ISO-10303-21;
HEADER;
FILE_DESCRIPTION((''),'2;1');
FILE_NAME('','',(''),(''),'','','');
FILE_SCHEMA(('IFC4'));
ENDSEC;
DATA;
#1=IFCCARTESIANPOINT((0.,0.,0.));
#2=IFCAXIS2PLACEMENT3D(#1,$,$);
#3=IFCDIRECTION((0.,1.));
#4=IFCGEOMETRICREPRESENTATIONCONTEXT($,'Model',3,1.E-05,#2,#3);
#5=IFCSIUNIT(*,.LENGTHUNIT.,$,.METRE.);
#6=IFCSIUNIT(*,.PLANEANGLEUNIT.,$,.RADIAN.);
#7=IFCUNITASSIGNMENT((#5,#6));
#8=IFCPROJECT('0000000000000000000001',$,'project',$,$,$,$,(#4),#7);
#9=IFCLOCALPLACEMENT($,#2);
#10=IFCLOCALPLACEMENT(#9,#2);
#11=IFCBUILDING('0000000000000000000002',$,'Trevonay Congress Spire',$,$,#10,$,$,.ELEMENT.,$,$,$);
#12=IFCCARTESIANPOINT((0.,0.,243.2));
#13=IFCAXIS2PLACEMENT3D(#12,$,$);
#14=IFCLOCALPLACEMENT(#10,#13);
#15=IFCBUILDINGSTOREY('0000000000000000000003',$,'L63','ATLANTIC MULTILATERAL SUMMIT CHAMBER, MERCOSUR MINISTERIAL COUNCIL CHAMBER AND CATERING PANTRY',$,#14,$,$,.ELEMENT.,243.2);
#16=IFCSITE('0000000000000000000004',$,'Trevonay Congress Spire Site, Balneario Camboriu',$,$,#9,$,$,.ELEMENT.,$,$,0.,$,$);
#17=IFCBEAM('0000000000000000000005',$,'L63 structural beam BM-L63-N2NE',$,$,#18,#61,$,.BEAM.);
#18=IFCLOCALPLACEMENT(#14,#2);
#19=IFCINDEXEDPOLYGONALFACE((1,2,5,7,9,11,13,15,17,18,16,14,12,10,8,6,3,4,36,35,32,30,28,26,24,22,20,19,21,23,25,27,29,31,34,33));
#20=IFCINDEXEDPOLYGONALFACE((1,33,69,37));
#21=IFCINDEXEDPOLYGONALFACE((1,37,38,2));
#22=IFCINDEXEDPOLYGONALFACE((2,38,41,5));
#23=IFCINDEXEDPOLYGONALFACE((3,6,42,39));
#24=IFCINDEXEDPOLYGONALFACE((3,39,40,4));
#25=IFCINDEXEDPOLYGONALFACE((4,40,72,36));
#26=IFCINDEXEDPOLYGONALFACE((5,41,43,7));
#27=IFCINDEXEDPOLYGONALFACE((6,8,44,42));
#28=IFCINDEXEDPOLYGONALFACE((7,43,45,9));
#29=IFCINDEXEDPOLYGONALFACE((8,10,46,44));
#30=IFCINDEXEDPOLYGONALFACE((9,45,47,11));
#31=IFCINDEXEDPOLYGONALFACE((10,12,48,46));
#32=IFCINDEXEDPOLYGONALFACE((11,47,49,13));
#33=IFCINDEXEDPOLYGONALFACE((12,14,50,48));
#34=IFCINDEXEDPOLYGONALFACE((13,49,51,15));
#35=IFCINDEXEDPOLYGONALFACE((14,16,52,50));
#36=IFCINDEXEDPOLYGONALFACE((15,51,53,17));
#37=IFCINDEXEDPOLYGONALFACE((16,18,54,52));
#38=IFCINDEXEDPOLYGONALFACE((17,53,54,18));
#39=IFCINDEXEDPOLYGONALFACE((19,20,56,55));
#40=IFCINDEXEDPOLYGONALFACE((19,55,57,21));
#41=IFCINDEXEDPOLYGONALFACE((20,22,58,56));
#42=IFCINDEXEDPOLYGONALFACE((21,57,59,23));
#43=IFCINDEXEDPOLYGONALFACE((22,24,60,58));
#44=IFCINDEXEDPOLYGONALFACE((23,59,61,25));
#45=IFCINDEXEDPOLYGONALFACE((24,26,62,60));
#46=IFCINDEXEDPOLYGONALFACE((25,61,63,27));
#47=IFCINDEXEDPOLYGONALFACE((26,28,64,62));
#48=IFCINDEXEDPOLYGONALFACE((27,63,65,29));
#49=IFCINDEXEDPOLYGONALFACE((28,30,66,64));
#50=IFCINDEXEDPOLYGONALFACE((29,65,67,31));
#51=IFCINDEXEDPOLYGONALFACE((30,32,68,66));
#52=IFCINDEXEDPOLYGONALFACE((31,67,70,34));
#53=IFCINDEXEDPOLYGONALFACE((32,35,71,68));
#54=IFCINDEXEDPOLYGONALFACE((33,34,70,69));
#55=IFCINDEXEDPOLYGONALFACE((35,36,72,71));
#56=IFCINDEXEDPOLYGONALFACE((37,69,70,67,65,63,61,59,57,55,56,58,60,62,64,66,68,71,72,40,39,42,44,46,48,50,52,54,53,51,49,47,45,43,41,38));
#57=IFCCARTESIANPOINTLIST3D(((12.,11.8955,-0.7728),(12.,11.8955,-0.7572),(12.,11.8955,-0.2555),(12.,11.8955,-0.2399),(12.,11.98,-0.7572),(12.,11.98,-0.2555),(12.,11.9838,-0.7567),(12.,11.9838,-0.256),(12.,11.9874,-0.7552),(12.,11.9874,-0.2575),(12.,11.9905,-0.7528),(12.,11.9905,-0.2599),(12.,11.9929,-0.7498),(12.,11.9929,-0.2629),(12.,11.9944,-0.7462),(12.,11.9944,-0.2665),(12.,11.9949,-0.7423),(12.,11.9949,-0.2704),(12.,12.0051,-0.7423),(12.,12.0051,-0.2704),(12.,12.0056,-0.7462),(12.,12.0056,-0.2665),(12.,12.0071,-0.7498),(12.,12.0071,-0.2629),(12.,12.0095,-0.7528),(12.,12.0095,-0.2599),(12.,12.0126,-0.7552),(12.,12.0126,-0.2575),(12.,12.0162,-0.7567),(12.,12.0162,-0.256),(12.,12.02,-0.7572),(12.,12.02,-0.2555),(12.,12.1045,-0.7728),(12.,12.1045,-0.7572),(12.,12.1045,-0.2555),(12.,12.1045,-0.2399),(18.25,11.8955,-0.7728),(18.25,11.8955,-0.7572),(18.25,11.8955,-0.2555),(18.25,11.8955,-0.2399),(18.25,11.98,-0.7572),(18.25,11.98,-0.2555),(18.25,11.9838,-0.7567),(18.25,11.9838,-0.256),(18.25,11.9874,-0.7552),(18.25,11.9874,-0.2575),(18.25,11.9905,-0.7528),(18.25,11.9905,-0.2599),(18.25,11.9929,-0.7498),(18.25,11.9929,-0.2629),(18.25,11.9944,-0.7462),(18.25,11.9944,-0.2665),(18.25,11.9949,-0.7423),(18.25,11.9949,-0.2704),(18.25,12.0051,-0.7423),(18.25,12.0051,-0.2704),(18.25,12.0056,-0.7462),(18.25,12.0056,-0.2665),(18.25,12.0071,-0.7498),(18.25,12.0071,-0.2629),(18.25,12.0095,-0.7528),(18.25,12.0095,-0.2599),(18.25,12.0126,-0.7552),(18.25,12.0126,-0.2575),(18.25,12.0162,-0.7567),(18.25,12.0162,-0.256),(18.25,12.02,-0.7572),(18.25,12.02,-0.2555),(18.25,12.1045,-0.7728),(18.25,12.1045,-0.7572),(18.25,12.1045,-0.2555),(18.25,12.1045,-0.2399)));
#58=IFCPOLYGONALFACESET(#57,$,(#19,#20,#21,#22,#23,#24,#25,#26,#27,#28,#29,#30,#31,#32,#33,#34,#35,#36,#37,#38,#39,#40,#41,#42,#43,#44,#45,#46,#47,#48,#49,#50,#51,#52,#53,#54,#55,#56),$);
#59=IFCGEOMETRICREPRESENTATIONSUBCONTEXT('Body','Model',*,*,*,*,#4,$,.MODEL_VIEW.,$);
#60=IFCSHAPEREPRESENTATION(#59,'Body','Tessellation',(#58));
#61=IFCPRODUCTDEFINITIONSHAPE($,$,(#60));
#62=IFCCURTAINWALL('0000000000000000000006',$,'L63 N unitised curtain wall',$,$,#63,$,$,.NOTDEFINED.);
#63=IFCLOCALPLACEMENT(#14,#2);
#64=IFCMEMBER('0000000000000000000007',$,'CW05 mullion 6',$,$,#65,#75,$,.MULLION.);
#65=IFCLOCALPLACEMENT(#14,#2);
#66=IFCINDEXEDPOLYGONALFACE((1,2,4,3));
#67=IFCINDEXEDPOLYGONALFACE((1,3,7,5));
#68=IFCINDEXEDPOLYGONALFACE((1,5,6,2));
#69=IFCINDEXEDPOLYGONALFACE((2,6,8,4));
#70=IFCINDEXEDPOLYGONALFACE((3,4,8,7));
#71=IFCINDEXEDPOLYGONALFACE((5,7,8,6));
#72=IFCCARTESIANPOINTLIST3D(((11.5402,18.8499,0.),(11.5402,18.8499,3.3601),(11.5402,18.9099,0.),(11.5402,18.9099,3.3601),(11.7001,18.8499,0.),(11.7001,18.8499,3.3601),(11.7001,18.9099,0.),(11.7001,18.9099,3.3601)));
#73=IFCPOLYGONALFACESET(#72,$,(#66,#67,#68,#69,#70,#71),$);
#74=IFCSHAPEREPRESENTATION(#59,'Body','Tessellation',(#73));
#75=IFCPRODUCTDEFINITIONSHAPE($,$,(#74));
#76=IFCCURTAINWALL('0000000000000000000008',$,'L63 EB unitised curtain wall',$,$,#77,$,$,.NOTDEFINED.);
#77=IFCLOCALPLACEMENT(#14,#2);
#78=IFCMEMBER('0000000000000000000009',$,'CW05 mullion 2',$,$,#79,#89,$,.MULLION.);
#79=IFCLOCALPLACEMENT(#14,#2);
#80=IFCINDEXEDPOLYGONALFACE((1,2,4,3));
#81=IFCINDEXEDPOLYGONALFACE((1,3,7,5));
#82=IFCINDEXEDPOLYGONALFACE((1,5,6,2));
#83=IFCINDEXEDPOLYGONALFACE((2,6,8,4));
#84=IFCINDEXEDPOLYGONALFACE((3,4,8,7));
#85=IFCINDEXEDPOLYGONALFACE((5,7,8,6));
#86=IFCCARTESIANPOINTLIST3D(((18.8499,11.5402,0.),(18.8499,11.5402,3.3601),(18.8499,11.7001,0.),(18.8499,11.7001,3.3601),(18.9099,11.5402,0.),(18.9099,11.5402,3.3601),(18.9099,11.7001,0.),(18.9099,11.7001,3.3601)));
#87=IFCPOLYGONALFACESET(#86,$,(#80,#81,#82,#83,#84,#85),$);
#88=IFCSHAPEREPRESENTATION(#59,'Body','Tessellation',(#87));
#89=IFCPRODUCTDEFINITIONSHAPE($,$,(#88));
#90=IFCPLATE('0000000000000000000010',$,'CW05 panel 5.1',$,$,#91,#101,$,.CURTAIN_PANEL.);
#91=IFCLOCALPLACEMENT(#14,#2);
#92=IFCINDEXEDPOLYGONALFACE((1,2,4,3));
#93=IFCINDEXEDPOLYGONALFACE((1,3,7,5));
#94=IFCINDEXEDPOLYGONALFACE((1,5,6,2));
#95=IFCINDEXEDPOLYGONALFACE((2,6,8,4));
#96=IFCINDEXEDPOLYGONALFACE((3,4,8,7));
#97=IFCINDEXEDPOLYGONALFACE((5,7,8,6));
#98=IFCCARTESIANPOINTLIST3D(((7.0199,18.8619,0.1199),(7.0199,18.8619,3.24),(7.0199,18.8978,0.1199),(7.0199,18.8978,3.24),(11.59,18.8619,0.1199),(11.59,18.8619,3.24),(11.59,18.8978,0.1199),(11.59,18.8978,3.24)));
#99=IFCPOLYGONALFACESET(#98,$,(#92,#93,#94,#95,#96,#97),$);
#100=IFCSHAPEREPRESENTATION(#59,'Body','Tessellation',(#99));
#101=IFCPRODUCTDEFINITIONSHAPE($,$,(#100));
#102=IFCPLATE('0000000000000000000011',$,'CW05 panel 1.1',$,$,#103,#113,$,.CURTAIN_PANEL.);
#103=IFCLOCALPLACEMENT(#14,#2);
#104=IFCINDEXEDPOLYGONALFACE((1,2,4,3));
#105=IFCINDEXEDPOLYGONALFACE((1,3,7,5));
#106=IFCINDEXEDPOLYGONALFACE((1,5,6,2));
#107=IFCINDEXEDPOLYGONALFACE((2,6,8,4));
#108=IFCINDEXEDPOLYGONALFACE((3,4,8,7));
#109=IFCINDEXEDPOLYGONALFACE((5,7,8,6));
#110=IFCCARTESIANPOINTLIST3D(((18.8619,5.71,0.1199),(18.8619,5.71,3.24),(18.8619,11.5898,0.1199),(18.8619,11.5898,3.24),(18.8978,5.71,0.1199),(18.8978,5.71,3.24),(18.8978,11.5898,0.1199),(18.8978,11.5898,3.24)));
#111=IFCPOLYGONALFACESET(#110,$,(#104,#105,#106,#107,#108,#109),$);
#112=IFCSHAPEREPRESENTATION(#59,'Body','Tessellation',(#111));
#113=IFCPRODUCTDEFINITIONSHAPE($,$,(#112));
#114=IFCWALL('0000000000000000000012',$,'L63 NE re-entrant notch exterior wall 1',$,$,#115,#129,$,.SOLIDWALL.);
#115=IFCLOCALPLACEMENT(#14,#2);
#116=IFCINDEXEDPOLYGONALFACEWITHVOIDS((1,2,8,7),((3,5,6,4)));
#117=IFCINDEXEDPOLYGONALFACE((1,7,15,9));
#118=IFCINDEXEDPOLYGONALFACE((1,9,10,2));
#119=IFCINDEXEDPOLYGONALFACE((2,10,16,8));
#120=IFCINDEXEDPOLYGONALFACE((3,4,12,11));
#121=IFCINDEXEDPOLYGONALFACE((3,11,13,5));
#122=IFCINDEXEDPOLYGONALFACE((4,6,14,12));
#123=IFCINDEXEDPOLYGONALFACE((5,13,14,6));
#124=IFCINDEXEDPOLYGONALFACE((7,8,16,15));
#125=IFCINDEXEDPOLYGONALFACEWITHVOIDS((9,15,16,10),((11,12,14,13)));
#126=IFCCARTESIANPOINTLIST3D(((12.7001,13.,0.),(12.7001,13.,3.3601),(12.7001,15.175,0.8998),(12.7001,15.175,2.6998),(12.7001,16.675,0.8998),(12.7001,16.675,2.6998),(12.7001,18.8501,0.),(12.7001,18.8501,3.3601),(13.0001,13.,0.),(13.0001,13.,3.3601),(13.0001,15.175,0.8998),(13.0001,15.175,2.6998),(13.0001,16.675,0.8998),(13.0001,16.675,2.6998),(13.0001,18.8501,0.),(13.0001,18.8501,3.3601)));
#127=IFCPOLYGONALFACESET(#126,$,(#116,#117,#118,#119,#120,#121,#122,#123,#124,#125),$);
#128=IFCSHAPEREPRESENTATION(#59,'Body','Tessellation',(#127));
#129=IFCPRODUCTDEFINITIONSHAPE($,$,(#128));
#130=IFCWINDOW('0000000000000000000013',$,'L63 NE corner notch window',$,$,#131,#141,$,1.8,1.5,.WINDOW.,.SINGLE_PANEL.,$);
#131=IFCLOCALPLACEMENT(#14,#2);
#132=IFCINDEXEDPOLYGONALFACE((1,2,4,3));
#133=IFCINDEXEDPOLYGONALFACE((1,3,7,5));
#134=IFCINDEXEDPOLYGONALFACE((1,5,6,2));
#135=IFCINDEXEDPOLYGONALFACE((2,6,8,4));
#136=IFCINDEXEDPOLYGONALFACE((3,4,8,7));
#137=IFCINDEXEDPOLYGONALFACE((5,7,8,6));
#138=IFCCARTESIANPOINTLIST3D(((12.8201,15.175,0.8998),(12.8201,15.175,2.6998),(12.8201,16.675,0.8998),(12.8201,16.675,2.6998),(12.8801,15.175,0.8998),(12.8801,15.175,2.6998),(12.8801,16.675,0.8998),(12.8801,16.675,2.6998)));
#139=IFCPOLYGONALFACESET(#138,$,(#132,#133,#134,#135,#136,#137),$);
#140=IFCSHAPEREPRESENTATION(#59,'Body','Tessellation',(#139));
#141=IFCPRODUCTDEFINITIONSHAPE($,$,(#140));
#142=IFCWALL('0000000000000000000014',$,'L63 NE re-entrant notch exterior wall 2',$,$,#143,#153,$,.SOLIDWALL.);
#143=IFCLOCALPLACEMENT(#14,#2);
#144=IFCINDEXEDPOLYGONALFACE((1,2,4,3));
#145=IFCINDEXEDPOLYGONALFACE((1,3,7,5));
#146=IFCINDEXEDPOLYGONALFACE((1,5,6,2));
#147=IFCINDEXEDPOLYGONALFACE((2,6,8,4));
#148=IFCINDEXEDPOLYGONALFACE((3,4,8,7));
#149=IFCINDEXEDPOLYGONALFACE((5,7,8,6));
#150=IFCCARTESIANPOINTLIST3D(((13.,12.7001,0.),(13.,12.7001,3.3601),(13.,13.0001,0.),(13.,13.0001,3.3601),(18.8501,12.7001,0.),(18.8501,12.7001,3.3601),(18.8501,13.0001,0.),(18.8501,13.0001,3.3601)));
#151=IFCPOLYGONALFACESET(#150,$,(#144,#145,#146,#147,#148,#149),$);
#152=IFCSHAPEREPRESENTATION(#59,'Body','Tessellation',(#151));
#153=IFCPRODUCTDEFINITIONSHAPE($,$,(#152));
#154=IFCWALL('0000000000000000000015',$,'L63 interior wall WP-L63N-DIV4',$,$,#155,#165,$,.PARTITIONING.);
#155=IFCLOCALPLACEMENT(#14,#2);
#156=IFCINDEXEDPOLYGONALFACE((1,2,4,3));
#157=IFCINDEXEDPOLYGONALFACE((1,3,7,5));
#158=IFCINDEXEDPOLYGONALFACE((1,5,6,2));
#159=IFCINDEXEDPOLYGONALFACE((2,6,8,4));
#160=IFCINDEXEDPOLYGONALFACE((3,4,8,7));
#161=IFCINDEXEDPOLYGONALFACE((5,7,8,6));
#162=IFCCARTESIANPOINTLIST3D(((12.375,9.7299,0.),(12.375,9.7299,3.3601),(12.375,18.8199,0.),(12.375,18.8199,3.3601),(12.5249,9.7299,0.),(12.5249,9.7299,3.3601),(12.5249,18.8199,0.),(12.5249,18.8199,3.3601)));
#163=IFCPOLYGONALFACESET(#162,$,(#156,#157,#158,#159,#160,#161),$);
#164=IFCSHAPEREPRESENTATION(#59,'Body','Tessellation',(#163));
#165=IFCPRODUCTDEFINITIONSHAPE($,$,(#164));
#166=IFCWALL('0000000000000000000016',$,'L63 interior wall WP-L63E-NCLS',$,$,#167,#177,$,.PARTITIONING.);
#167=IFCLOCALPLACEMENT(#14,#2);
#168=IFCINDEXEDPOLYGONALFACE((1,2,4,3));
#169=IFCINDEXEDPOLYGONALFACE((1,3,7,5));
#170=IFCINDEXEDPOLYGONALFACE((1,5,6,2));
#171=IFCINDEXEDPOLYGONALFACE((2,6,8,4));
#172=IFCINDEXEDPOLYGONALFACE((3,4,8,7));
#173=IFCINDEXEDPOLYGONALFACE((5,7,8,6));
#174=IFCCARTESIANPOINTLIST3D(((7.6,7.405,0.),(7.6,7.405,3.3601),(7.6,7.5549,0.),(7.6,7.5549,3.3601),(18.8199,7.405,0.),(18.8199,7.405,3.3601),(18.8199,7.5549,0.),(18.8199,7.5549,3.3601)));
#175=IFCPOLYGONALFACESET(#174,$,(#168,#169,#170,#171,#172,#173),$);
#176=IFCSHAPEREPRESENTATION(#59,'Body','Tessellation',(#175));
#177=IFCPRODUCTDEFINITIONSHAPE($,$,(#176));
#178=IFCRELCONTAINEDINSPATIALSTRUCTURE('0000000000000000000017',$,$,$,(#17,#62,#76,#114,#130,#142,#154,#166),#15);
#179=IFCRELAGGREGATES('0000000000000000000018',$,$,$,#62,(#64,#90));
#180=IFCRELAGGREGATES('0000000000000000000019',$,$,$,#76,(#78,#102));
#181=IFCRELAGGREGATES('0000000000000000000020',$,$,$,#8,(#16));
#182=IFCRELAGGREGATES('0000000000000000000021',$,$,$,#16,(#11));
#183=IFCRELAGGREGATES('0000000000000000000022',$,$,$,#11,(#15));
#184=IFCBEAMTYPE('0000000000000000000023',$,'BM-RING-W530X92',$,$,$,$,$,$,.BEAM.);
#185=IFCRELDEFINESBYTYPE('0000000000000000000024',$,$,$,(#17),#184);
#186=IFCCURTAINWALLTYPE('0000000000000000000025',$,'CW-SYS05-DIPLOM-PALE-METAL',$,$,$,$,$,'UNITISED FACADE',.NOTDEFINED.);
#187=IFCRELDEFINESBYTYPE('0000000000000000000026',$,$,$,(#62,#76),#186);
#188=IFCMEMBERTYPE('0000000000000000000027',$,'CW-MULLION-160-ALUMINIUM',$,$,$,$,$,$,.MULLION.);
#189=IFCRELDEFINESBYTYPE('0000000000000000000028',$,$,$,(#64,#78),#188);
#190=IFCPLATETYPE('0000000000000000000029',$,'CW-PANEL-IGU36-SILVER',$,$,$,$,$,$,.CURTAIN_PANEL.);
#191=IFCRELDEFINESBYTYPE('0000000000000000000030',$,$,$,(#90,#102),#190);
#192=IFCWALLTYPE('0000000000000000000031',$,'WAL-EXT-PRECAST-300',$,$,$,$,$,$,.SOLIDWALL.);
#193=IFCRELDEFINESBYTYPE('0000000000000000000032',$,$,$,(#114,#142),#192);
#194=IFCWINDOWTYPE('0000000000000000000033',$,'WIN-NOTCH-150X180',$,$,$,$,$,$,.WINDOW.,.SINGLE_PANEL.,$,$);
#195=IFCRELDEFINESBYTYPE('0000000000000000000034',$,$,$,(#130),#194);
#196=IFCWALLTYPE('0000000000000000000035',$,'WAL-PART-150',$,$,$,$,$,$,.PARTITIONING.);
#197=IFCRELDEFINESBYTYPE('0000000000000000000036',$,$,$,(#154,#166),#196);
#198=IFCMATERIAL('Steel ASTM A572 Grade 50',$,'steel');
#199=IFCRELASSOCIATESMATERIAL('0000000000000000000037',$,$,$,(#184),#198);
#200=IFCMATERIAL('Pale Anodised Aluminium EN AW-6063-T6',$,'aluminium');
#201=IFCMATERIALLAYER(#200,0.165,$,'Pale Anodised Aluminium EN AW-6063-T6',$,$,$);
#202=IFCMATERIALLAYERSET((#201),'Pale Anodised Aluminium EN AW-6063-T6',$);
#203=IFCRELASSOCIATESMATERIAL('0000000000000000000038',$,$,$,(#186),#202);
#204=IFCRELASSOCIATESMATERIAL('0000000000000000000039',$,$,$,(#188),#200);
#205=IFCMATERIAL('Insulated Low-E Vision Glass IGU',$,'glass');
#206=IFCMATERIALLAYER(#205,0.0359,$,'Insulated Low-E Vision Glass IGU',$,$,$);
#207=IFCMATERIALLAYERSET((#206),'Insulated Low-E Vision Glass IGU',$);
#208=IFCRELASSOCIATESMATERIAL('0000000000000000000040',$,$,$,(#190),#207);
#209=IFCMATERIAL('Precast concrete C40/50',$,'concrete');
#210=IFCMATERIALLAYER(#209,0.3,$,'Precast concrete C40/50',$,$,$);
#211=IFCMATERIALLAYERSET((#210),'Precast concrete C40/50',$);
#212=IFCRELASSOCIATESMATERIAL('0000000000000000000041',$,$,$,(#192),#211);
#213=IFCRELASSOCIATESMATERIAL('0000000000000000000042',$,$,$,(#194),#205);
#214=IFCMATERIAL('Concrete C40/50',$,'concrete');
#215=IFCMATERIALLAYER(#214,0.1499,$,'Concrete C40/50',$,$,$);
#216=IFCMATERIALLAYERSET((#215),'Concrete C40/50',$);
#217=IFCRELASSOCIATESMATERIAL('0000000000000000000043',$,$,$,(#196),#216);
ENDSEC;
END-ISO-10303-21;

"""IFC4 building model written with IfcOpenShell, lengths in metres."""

from ifc_helpers import new_model, si_unit, direction, frame, frame_2d, origin, origin_2d, place, context, subcontext, project, spatial, rectangle, i_section, extrude, material, layer, layer_set, material_profile, profile_set, type_object, element, fill, aggregate, save


model = new_model("IFC4")

# Units and contexts
model_context = context("Model", 3, precision=1e-05, world=origin(), true_north=direction((0.0, 1.0)))
body_context = subcontext(model_context, "Body", "Model", "MODEL_VIEW")
ifc_project = project(units=[si_unit("LENGTHUNIT", "METRE"), si_unit("PLANEANGLEUNIT", "RADIAN")], contexts=[model_context])

# Site, building, storey
site_placement = place(None, origin())
site = spatial("IfcSite", under=ifc_project, at=site_placement, Name="Trevonay Congress Spire Site, Balneario Camboriu", CompositionType="ELEMENT", RefElevation=0.0)
building_placement = place(site_placement, origin())
building = spatial("IfcBuilding", under=site, at=building_placement, Name="Trevonay Congress Spire", CompositionType="ELEMENT")
storey_placement = place(building_placement, frame((0.0, 0.0, 243.2)))
storey = spatial("IfcBuildingStorey", under=building, at=storey_placement, Name="L63", Description="ATLANTIC MULTILATERAL SUMMIT CHAMBER, MERCOSUR MINISTERIAL COUNCIL CHAMBER AND CATERING PANTRY", CompositionType="ELEMENT", Elevation=243.2)

# Shared definitions
ifc_material_1 = material(Name="Steel ASTM A572 Grade 50", Category="steel")

# Beam
ifc_material_profile_1 = material_profile(ifc_material_1, i_section(OverallWidth=0.209, OverallDepth=0.533, WebThickness=0.0103, FlangeThickness=0.0156, FilletRadius=0.0149, at=origin_2d()), Name="W530x92")
ifc_profile_set_1 = profile_set([ifc_material_profile_1], Name="Steel ASTM A572 Grade 50")
beam_type_1 = type_object("IfcBeamType", Name="BM-RING-W530X92", PredefinedType="BEAM", material=ifc_profile_set_1)
for number, where, z_axis, x_axis, name in (
    (1, (18.25, 12.0, -0.5063), (-1.0, 0.0, 0.0), (0.0, -1.0, 0.0), "L63 structural beam BM-L63-N2NE"),
):
    element("IfcBeam", number, at=place(storey_placement, frame(where, z_axis=z_axis, x_axis=x_axis)), inside=storey, type_object=beam_type_1, Name=name, PredefinedType="BEAM", context=body_context, shape_type="SweptSolid", body=[
        extrude(i_section(OverallWidth=0.209, OverallDepth=0.533, WebThickness=0.0103, FlangeThickness=0.0156, FilletRadius=0.0149, at=origin_2d()), origin(), (0.0, 0.0, 1.0), 6.25),
    ])

# Curtain walls, members
ifc_material_2 = material(Name="Pale Anodised Aluminium EN AW-6063-T6", Category="aluminium")
ifc_layer_1 = layer(ifc_material_2, 0.165, Name="Pale Anodised Aluminium EN AW-6063-T6")
ifc_layer_set_1 = layer_set([ifc_layer_1], Name="Pale Anodised Aluminium EN AW-6063-T6")
curtain_wall_type = type_object("IfcCurtainWallType", Name="CW-SYS05-DIPLOM-PALE-METAL", ElementType="UNITISED FACADE", PredefinedType="NOTDEFINED", material=ifc_layer_set_1)
curtain_wall_1_placement = place(storey_placement, origin())
curtain_wall_1 = element("IfcCurtainWall", 2, at=curtain_wall_1_placement, inside=storey, type_object=curtain_wall_type, Name="L63 N unitised curtain wall", PredefinedType="NOTDEFINED")
ifc_material_profile_2 = material_profile(ifc_material_2, rectangle(XDim=0.0601, YDim=0.1599, at=origin_2d()), Name="CW-MULLION-160-ALUMINIUM")
ifc_profile_set_2 = profile_set([ifc_material_profile_2], Name="Pale Anodised Aluminium EN AW-6063-T6")
member_type = type_object("IfcMemberType", Name="CW-MULLION-160-ALUMINIUM", PredefinedType="MULLION", material=ifc_profile_set_2)
member_1_placement = place(storey_placement, frame((11.6201, 18.8799, 0.0), z_axis=(0.0, 0.0, 1.0), x_axis=(0.0, 1.0, 0.0)))
member_1 = element("IfcMember", 3, at=member_1_placement, type_object=member_type, Name="CW05 mullion 6", PredefinedType="MULLION", context=body_context, shape_type="SweptSolid", body=[
    extrude(rectangle(XDim=0.0601, YDim=0.1599, at=origin_2d()), origin(), (0.0, 0.0, 1.0), 3.3601),
])
curtain_wall_2_placement = place(storey_placement, origin())
curtain_wall_2 = element("IfcCurtainWall", 4, at=curtain_wall_2_placement, inside=storey, type_object=curtain_wall_type, Name="L63 EB unitised curtain wall", PredefinedType="NOTDEFINED")
member_2_placement = place(storey_placement, frame((18.8799, 11.6201, 0.0), z_axis=(0.0, 0.0, 1.0), x_axis=(-1.0, 0.0, 0.0)))
member_2 = element("IfcMember", 5, at=member_2_placement, type_object=member_type, Name="CW05 mullion 2", PredefinedType="MULLION", context=body_context, shape_type="SweptSolid", body=[
    extrude(rectangle(XDim=0.0601, YDim=0.1599, at=origin_2d()), origin(), (0.0, 0.0, 1.0), 3.3601),
])

# Plates
ifc_material_3 = material(Name="Insulated Low-E Vision Glass IGU", Category="glass")
ifc_layer_2 = layer(ifc_material_3, 0.0359, Name="Insulated Low-E Vision Glass IGU")
ifc_layer_set_2 = layer_set([ifc_layer_2], Name="Insulated Low-E Vision Glass IGU")
plate_type = type_object("IfcPlateType", Name="CW-PANEL-IGU36-SILVER", PredefinedType="CURTAIN_PANEL", material=ifc_layer_set_2)
plate_1_placement = place(storey_placement, frame((9.3049, 18.8799, 0.1199), z_axis=(0.0, 0.0, 1.0), x_axis=(1.0, 0.0, 0.0)))
plate_1 = element("IfcPlate", 6, at=plate_1_placement, type_object=plate_type, Name="CW05 panel 5.1", PredefinedType="CURTAIN_PANEL", context=body_context, shape_type="SweptSolid", body=[
    extrude(rectangle(XDim=4.5701, YDim=0.0359, at=origin_2d()), origin(), (0.0, 0.0, 1.0), 3.1201),
])
aggregate(curtain_wall_1, [member_1, plate_1])
plate_2_placement = place(storey_placement, frame((18.8799, 8.6499, 0.1199), z_axis=(0.0, 0.0, 1.0), x_axis=(0.0, 1.0, 0.0)))
plate_2 = element("IfcPlate", 7, at=plate_2_placement, type_object=plate_type, Name="CW05 panel 1.1", PredefinedType="CURTAIN_PANEL", context=body_context, shape_type="SweptSolid", body=[
    extrude(rectangle(XDim=5.8799, YDim=0.0359, at=origin_2d()), origin(), (0.0, 0.0, 1.0), 3.1201),
])
aggregate(curtain_wall_2, [member_2, plate_2])

# Wall, opening, window
ifc_material_4 = material(Name="Precast concrete C40/50", Category="concrete")
ifc_layer_3 = layer(ifc_material_4, 0.3, Name="Precast concrete C40/50")
ifc_layer_set_3 = layer_set([ifc_layer_3], Name="Precast concrete C40/50")
wall_type_1 = type_object("IfcWallType", Name="WAL-EXT-PRECAST-300", PredefinedType="SOLIDWALL", material=ifc_layer_set_3)
wall_1_placement = place(storey_placement, frame((12.8501, 18.8501, 0.0), z_axis=(0.0, 0.0, 1.0), x_axis=(0.0, -1.0, 0.0)))
wall_1 = element("IfcWall", 8, at=wall_1_placement, inside=storey, type_object=wall_type_1, Name="L63 NE re-entrant notch exterior wall 1", PredefinedType="SOLIDWALL", context=body_context, shape_type="SweptSolid", body=[
    extrude(rectangle(XDim=5.8501, YDim=0.3, at=frame_2d((2.925, 0.0))), origin(), (0.0, 0.0, 1.0), 3.3601),
])
opening_placement = place(wall_1_placement, frame((2.175, 0.0, 0.8999)))
opening = element("IfcOpeningElement", 9, at=opening_placement, cuts=wall_1, PredefinedType="OPENING", context=body_context, shape_type="SweptSolid", body=[
    extrude(rectangle(XDim=1.5, YDim=1.8, at=frame_2d((0.75, 0.8999))), frame((0.0, 0.1602, 0.0), z_axis=(0.0, -1.0, 0.0), x_axis=(1.0, 0.0, 0.0)), (0.0, 0.0, 1.0), 0.3201),
])
window_type = type_object("IfcWindowType", Name="WIN-NOTCH-150X180", PartitioningType="SINGLE_PANEL", PredefinedType="WINDOW", material=ifc_material_3)
window_placement = place(opening_placement, origin())
window = element("IfcWindow", 10, at=window_placement, inside=storey, type_object=window_type, Name="L63 NE corner notch window", OverallHeight=1.8, OverallWidth=1.5, PartitioningType="SINGLE_PANEL", PredefinedType="WINDOW", context=body_context, shape_type="SweptSolid", body=[
    extrude(rectangle(XDim=1.5, YDim=1.8, at=frame_2d((0.75, 0.8999))), frame((0.0, 0.03, 0.0), z_axis=(0.0, -1.0, 0.0), x_axis=(1.0, 0.0, 0.0)), (0.0, 0.0, 1.0), 0.0601),
])
fill(opening, window)

# Walls
wall_2_placement = place(storey_placement, frame((18.8501, 12.8501, 0.0), z_axis=(0.0, 0.0, 1.0), x_axis=(-1.0, 0.0, 0.0)))
element("IfcWall", 11, at=wall_2_placement, inside=storey, type_object=wall_type_1, Name="L63 NE re-entrant notch exterior wall 2", PredefinedType="SOLIDWALL", context=body_context, shape_type="SweptSolid", body=[
    extrude(rectangle(XDim=5.8501, YDim=0.3, at=frame_2d((2.925, 0.0))), origin(), (0.0, 0.0, 1.0), 3.3601),
])
ifc_material_5 = material(Name="Concrete C40/50", Category="concrete")
ifc_layer_4 = layer(ifc_material_5, 0.1499, Name="Concrete C40/50")
ifc_layer_set_4 = layer_set([ifc_layer_4], Name="Concrete C40/50")
wall_type_2 = type_object("IfcWallType", Name="WAL-PART-150", PredefinedType="PARTITIONING", material=ifc_layer_set_4)
wall_3_placement = place(storey_placement, frame((12.45, 9.73, 0.0), z_axis=(0.0, 0.0, 1.0), x_axis=(0.0, 1.0, 0.0)))
element("IfcWall", 12, at=wall_3_placement, inside=storey, type_object=wall_type_2, Name="L63 interior wall WP-L63N-DIV4", PredefinedType="PARTITIONING", context=body_context, shape_type="SweptSolid", body=[
    extrude(rectangle(XDim=9.0901, YDim=0.1499, at=frame_2d((4.5449, 0.0))), origin(), (0.0, 0.0, 1.0), 3.3601),
])
wall_4_placement = place(storey_placement, frame((7.6001, 7.48, 0.0), z_axis=(0.0, 0.0, 1.0), x_axis=(1.0, 0.0, 0.0)))
element("IfcWall", 13, at=wall_4_placement, inside=storey, type_object=wall_type_2, Name="L63 interior wall WP-L63E-NCLS", PredefinedType="PARTITIONING", context=body_context, shape_type="SweptSolid", body=[
    extrude(rectangle(XDim=11.22, YDim=0.1499, at=frame_2d((5.6099, 0.0))), origin(), (0.0, 0.0, 1.0), 3.3601),
])

save(model, "model.ifc")
